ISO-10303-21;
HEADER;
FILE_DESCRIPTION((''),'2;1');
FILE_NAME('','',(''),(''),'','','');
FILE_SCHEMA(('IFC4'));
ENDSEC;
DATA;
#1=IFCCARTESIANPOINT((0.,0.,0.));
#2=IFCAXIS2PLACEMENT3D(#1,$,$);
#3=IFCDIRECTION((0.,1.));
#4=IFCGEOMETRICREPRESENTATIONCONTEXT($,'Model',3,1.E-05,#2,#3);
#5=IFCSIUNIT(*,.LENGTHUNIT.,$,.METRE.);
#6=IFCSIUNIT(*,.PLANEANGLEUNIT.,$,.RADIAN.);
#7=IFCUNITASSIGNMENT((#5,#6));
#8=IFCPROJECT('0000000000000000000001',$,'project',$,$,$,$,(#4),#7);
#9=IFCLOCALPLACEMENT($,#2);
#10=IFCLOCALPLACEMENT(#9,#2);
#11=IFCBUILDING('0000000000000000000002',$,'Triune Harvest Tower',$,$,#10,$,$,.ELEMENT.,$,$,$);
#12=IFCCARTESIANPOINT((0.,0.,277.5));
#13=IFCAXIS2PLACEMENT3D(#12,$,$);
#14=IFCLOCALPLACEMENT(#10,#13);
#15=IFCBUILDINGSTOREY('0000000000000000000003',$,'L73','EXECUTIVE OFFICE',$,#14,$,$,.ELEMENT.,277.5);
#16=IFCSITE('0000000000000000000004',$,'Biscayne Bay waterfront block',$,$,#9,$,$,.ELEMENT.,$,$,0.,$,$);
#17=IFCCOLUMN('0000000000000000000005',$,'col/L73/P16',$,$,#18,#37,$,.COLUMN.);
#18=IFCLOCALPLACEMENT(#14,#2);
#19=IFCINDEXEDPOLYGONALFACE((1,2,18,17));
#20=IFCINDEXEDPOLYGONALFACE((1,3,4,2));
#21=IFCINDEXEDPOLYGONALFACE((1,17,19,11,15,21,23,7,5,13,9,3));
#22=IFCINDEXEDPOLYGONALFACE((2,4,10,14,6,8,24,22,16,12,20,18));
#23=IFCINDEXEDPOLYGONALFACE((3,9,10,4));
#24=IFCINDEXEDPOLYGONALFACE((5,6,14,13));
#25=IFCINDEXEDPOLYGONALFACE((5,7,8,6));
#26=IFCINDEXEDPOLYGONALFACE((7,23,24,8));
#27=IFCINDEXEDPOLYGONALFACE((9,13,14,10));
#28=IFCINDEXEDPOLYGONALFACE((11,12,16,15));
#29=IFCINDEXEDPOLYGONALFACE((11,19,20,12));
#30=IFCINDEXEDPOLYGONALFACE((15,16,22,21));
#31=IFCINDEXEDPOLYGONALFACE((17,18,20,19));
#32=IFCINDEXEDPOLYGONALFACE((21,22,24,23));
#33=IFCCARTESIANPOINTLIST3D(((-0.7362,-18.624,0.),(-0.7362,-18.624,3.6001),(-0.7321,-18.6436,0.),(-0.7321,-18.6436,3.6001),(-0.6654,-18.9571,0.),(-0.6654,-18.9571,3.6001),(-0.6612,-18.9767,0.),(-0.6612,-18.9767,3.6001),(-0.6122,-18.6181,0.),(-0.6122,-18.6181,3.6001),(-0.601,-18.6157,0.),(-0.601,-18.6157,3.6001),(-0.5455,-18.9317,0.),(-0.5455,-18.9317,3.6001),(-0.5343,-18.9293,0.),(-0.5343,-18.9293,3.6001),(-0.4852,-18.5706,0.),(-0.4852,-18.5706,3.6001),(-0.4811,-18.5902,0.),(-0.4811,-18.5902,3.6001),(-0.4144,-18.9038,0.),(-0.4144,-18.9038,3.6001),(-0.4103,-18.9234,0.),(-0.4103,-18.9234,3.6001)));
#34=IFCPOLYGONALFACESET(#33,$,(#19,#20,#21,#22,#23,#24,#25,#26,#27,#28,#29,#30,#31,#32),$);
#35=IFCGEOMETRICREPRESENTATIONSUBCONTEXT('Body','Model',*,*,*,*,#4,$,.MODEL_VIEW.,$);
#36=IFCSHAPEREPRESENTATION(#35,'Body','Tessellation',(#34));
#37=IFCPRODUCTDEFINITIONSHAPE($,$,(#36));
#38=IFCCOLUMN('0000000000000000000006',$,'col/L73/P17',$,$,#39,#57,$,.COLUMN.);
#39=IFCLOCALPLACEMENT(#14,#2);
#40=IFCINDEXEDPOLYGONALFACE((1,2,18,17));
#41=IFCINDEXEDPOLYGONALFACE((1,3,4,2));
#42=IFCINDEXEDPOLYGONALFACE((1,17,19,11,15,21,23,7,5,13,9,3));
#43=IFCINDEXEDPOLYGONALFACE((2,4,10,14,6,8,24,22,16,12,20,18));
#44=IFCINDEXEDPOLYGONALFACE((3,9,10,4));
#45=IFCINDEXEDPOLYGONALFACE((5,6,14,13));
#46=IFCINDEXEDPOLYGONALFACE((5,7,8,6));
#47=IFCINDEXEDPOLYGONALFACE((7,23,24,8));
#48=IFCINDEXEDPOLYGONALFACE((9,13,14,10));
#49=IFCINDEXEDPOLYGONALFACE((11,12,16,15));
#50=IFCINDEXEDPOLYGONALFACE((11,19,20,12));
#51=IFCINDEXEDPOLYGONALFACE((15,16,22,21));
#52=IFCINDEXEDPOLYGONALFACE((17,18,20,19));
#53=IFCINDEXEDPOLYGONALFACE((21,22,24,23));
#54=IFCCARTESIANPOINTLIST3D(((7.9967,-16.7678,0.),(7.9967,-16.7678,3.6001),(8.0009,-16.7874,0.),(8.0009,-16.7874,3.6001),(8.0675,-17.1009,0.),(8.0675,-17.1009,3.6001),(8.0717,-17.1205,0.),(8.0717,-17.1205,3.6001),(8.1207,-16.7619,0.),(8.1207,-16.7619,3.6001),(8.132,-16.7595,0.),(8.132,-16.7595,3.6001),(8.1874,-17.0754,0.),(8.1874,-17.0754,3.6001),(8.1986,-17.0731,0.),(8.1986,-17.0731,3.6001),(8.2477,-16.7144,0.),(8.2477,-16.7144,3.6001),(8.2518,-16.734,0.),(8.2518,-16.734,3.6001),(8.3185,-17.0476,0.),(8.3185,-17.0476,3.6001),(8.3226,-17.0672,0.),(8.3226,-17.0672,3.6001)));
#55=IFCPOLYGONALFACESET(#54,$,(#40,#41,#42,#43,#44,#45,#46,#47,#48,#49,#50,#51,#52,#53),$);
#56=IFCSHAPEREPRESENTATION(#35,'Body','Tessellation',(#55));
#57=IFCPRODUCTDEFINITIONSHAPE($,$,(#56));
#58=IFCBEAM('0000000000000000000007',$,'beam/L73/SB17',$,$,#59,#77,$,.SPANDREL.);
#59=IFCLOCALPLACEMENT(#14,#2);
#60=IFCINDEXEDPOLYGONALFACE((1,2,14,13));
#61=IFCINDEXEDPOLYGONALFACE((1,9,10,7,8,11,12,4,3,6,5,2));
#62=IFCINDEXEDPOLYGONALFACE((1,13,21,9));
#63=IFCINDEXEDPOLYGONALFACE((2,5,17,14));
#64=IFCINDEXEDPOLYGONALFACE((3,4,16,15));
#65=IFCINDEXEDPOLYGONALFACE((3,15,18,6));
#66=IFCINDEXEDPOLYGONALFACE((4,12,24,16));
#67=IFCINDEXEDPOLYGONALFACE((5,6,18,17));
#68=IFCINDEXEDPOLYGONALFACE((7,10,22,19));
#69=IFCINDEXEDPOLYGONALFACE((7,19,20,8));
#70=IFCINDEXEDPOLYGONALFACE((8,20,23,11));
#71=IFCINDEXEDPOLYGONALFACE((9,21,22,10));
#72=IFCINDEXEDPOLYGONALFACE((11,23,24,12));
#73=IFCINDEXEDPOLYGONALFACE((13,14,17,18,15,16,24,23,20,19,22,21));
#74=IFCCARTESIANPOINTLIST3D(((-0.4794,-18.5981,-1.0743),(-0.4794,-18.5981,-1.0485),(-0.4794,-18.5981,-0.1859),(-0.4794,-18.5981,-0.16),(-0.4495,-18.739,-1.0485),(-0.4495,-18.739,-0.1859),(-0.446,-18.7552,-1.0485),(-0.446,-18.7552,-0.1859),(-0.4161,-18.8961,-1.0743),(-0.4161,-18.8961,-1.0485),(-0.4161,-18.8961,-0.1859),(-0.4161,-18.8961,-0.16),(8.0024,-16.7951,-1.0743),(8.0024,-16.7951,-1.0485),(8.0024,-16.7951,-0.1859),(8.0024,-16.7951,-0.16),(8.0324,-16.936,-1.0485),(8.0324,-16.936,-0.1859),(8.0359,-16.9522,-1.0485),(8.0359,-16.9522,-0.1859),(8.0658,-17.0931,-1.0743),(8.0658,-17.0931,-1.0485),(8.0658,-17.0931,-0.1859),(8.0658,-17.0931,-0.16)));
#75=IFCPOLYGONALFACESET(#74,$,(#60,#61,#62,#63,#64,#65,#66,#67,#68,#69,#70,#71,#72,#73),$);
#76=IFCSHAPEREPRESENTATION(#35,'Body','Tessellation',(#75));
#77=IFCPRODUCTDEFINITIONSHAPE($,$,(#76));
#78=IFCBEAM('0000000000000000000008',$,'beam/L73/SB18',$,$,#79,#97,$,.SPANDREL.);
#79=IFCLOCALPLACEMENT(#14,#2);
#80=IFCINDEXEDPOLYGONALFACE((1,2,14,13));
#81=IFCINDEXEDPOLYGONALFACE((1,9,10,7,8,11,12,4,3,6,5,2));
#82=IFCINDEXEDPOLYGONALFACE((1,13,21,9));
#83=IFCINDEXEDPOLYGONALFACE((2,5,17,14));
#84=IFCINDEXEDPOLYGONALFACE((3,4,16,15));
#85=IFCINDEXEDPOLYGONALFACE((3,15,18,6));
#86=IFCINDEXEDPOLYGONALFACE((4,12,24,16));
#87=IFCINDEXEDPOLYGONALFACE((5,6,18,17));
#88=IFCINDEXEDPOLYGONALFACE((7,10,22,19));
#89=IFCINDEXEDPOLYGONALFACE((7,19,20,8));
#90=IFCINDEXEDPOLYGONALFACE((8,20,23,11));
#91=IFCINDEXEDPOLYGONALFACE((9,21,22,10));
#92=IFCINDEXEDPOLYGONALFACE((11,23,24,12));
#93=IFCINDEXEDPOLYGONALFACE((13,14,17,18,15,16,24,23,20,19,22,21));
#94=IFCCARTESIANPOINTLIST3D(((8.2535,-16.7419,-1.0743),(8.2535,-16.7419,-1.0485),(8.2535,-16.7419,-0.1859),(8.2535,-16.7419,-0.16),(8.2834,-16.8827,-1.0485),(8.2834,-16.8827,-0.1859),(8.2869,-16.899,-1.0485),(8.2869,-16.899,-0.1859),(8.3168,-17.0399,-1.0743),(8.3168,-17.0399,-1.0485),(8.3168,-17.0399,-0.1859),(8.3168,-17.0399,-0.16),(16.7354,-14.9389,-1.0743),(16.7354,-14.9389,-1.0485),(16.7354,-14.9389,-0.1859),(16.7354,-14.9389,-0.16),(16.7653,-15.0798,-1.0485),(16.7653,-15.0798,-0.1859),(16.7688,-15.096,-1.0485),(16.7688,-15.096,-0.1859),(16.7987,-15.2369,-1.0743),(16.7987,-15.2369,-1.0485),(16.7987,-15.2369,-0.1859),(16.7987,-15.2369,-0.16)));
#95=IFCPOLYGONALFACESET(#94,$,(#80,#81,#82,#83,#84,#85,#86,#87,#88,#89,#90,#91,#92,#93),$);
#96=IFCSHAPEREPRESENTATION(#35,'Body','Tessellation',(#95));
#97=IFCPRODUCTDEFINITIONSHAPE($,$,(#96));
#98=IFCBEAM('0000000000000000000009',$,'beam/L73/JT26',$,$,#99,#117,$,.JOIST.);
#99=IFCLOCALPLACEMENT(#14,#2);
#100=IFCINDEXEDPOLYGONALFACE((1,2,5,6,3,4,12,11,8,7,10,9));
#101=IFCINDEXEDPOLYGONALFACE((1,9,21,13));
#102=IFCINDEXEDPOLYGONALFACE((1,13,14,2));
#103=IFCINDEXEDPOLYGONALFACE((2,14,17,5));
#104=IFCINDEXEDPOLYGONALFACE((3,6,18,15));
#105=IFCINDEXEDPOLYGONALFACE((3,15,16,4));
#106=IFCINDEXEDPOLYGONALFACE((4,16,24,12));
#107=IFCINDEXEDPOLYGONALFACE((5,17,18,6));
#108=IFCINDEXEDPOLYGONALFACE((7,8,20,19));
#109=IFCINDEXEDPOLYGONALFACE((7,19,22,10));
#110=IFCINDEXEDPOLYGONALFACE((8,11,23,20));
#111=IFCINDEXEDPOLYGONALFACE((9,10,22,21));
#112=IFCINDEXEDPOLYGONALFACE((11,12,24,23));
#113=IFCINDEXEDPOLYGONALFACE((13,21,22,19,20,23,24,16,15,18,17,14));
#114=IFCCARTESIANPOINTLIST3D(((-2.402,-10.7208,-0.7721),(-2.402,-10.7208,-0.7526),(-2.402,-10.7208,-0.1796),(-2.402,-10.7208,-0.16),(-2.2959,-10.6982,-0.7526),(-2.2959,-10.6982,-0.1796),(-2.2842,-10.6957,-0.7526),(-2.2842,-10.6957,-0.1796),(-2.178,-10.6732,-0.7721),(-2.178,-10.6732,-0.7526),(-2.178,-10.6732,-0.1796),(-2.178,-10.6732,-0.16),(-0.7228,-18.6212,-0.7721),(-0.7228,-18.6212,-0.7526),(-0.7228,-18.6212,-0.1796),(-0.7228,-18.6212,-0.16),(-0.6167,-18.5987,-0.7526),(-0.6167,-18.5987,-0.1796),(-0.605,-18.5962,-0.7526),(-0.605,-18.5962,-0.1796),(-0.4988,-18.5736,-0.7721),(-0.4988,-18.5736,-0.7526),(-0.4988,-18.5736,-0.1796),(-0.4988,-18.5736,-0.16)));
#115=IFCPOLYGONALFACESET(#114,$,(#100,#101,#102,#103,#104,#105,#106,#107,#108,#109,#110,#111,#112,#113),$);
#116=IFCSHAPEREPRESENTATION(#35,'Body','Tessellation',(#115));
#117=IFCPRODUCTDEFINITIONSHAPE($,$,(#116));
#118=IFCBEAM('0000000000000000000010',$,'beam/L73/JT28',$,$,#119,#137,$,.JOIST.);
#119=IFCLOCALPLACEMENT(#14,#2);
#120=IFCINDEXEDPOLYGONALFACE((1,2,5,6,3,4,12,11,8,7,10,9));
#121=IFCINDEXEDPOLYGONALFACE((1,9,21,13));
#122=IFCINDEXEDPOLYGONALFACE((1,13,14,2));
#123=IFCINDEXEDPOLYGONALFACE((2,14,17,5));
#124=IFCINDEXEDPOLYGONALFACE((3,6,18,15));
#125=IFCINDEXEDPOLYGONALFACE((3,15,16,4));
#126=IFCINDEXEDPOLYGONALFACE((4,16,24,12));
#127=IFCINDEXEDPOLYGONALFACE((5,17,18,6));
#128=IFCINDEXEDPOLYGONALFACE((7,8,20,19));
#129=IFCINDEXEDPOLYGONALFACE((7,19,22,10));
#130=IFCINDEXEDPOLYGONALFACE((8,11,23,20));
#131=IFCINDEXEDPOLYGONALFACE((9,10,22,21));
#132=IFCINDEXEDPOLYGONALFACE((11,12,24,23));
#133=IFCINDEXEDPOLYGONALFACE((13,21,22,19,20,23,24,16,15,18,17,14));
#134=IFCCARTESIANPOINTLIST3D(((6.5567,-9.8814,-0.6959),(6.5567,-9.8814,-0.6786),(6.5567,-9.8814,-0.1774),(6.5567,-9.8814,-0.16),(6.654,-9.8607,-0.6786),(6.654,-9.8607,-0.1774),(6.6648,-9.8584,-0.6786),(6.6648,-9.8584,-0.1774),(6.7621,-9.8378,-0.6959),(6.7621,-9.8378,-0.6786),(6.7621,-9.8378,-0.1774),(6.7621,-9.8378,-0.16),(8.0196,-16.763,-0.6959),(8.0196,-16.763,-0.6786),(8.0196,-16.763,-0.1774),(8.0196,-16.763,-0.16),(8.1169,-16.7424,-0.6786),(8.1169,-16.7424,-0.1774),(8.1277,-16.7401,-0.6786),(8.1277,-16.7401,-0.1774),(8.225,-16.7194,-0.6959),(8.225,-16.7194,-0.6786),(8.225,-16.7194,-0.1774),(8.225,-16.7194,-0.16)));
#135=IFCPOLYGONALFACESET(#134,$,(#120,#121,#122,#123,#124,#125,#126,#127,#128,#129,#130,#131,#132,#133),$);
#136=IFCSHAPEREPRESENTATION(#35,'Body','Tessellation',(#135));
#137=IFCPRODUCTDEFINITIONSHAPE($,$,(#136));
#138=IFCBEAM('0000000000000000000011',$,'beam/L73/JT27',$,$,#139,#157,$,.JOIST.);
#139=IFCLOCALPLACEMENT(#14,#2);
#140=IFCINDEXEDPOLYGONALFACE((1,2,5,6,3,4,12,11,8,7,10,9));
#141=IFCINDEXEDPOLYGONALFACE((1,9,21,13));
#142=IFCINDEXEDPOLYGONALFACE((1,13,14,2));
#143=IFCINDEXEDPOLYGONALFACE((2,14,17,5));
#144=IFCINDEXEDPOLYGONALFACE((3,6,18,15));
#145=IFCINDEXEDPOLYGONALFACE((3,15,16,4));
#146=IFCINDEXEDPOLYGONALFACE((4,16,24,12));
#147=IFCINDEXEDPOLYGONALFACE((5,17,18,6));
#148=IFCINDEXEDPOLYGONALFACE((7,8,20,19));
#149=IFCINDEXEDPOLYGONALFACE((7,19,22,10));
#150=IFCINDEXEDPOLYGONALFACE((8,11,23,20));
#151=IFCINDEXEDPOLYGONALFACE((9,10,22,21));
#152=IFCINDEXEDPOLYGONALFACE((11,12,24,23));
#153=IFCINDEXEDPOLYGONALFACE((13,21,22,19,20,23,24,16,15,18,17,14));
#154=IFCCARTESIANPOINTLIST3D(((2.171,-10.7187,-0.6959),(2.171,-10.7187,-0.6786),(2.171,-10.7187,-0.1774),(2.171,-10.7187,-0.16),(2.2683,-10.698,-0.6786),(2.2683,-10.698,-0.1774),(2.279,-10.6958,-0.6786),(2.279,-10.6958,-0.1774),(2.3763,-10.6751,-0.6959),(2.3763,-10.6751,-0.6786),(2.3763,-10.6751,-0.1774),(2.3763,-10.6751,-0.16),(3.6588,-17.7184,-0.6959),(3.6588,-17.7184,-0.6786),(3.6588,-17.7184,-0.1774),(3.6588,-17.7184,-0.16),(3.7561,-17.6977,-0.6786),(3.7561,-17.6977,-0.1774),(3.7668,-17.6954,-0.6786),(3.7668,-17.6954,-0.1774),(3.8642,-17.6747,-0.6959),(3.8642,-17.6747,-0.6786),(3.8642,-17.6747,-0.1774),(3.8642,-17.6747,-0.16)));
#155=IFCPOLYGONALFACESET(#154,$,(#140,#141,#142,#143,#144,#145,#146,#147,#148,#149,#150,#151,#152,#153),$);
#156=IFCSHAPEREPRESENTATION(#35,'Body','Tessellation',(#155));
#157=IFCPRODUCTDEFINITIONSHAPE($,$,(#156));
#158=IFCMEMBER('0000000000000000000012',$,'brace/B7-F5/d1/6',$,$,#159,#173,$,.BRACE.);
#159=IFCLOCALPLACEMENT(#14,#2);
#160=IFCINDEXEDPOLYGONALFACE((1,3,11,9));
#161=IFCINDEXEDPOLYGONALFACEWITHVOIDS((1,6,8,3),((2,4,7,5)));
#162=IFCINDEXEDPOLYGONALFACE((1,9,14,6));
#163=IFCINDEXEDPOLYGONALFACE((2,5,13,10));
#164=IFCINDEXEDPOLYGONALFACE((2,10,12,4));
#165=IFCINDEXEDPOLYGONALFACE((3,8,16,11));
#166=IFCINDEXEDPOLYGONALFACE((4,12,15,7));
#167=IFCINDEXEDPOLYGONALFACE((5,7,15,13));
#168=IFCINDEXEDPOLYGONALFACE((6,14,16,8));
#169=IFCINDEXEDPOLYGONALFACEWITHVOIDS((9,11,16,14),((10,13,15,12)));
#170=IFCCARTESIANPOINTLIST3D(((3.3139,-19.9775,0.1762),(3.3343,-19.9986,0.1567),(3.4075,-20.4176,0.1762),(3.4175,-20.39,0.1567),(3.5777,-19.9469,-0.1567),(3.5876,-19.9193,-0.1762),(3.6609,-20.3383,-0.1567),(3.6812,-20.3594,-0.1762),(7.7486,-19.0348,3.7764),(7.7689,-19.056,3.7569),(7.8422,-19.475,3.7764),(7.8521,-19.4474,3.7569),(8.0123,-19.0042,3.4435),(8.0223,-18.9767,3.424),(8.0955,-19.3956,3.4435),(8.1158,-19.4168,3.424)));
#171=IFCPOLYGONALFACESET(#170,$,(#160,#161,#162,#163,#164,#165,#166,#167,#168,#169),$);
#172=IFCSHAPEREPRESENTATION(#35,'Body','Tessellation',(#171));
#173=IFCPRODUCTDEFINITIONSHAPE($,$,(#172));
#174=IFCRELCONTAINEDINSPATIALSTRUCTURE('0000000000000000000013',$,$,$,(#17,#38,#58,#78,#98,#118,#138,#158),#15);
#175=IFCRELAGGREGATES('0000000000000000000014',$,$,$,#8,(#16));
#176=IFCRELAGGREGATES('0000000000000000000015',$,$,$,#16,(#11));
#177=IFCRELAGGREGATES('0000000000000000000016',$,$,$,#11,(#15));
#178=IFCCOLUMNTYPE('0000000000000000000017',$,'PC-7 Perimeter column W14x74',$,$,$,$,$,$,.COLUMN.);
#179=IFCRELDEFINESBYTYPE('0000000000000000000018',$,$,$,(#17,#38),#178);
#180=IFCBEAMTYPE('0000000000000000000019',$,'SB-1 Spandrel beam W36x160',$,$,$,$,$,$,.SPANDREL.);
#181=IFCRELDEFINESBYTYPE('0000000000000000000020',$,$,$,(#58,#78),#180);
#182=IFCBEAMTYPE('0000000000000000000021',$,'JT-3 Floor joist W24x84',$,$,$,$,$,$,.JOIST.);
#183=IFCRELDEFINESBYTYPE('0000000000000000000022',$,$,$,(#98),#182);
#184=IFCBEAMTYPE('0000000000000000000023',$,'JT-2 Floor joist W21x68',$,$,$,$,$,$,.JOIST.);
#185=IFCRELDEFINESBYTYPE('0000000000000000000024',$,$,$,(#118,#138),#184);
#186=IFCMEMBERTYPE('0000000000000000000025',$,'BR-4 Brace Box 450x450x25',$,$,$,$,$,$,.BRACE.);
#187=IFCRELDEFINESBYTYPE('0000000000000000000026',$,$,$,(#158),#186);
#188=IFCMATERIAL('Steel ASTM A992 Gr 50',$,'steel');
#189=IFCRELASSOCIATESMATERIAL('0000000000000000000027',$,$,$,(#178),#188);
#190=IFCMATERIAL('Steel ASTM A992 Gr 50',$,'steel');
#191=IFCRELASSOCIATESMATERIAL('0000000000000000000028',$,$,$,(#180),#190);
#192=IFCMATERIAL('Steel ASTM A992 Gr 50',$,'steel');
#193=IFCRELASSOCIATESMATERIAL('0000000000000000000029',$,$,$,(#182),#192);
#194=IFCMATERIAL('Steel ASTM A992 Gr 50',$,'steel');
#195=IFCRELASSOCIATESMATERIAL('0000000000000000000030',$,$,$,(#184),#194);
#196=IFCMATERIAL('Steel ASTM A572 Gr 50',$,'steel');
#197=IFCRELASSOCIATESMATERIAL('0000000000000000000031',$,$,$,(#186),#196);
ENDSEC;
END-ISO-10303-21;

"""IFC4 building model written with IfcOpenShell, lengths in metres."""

from ifc_helpers import new_model, si_unit, direction, frame, origin, origin_2d, place, context, subcontext, project, spatial, hollow_rectangle, i_section, extrude, source, transform, mapped, material, material_profile, profile_set, type_object, element, save


model = new_model("IFC4")

# Units and contexts
model_context = context("Model", 3, precision=1e-05, world=origin(), true_north=direction((0.0, 1.0)))
body_context = subcontext(model_context, "Body", "Model", "MODEL_VIEW")
ifc_project = project(units=[si_unit("LENGTHUNIT", "METRE"), si_unit("PLANEANGLEUNIT", "RADIAN")], contexts=[model_context])

# Site, building, storey
site_placement = place(None, origin())
site = spatial("IfcSite", under=ifc_project, at=site_placement, Name="Biscayne Bay waterfront block", CompositionType="ELEMENT", RefElevation=0.0)
building_placement = place(site_placement, origin())
building = spatial("IfcBuilding", under=site, at=building_placement, Name="Triune Harvest Tower", CompositionType="ELEMENT")
storey_placement = place(building_placement, frame((0.0, 0.0, 277.5)))
storey = spatial("IfcBuildingStorey", under=building, at=storey_placement, Name="L73", Description="EXECUTIVE OFFICE", CompositionType="ELEMENT", Elevation=277.5)

# Columns
ifc_material_1 = material(Name="Steel ASTM A992 Gr 50", Category="steel")
ifc_material_profile_1 = material_profile(ifc_material_1, i_section(OverallWidth=0.2566, OverallDepth=0.3606, WebThickness=0.0115, FlangeThickness=0.02, at=origin_2d()), Name="W14x74")
ifc_profile_set_1 = profile_set([ifc_material_profile_1], Name="Steel ASTM A992 Gr 50")
column_type = type_object("IfcColumnType", Name="PC-7 Perimeter column W14x74", PredefinedType="COLUMN", material=ifc_profile_set_1)
shared_shape_1 = source(origin(), body_context, "Body", "SweptSolid", [
    extrude(i_section(OverallWidth=0.2566, OverallDepth=0.3606, WebThickness=0.0115, FlangeThickness=0.02, at=origin_2d()), origin(), (0.0, 0.0, 1.0), 3.6001),
])
for number, where, z_axis, x_axis, name in (
    (1, (-0.5732, -18.7737, 0.0), (0.0, 0.0, 1.0), (0.978147, 0.207913, 0.0), "col/L73/P16"),
    (2, (8.1597, -16.9175, 0.0), (0.0, 0.0, 1.0), (0.978147, 0.207913, 0.0), "col/L73/P17"),
):
    element("IfcColumn", number, at=place(storey_placement, frame(where, z_axis=z_axis, x_axis=x_axis)), inside=storey, type_object=column_type, Name=name, PredefinedType="COLUMN", context=body_context, shape_type="MappedRepresentation", body=[
        mapped(shared_shape_1, transform((0.0, 0.0, 0.0), scale=1.0)),
    ])

# Beams
ifc_material_2 = material(Name="Steel ASTM A992 Gr 50", Category="steel")
ifc_material_profile_2 = material_profile(ifc_material_2, i_section(OverallWidth=0.3047, OverallDepth=0.9143, WebThickness=0.0166, FlangeThickness=0.0259, at=origin_2d()), Name="W36x160")
ifc_profile_set_2 = profile_set([ifc_material_profile_2], Name="Steel ASTM A992 Gr 50")
beam_type_1 = type_object("IfcBeamType", Name="SB-1 Spandrel beam W36x160", PredefinedType="SPANDREL", material=ifc_profile_set_2)
shared_shape_2 = source(origin(), body_context, "Body", "SweptSolid", [
    extrude(i_section(OverallWidth=0.3047, OverallDepth=0.9143, WebThickness=0.0166, FlangeThickness=0.0259, at=origin_2d()), origin(), (0.0, 0.0, 1.0), 8.6714),
])
for number, where, z_axis, x_axis, name in (
    (3, (-0.4478, -18.7471, -0.6172), (0.978146, 0.207921, 0.0), (-0.207921, 0.978146, 0.0), "beam/L73/SB17"),
    (4, (8.2852, -16.8909, -0.6172), (0.978146, 0.207921, 0.0), (-0.207921, 0.978146, 0.0), "beam/L73/SB18"),
):
    element("IfcBeam", number, at=place(storey_placement, frame(where, z_axis=z_axis, x_axis=x_axis)), inside=storey, type_object=beam_type_1, Name=name, PredefinedType="SPANDREL", context=body_context, shape_type="MappedRepresentation", body=[
        mapped(shared_shape_2, transform((0.0, 0.0, 0.0), scale=1.0)),
    ])
ifc_material_3 = material(Name="Steel ASTM A992 Gr 50", Category="steel")
ifc_material_profile_3 = material_profile(ifc_material_3, i_section(OverallWidth=0.229, OverallDepth=0.6121, WebThickness=0.012, FlangeThickness=0.0195, at=origin_2d()), Name="W24x84")
ifc_profile_set_3 = profile_set([ifc_material_profile_3], Name="Steel ASTM A992 Gr 50")
beam_type_2 = type_object("IfcBeamType", Name="JT-3 Floor joist W24x84", PredefinedType="JOIST", material=ifc_profile_set_3)
shared_shape_3 = source(origin(), body_context, "Body", "SweptSolid", [
    extrude(i_section(OverallWidth=0.229, OverallDepth=0.6121, WebThickness=0.012, FlangeThickness=0.0195, at=origin_2d()), origin(), (0.0, 0.0, 1.0), 8.0769),
])
beam_1_placement = place(storey_placement, frame((-0.6108, -18.5974, -0.4661), z_axis=(-0.207902, 0.97815, 0.0), x_axis=(-0.97815, -0.207902, 0.0)))
element("IfcBeam", 5, at=beam_1_placement, inside=storey, type_object=beam_type_2, Name="beam/L73/JT26", PredefinedType="JOIST", context=body_context, shape_type="MappedRepresentation", body=[
    mapped(shared_shape_3, transform((0.0, 0.0, 0.0), scale=1.0)),
])
ifc_material_4 = material(Name="Steel ASTM A992 Gr 50", Category="steel")
ifc_material_profile_4 = material_profile(ifc_material_4, i_section(OverallWidth=0.21, OverallDepth=0.5359, WebThickness=0.011, FlangeThickness=0.0173, at=origin_2d()), Name="W21x68")
ifc_profile_set_4 = profile_set([ifc_material_profile_4], Name="Steel ASTM A992 Gr 50")
beam_type_3 = type_object("IfcBeamType", Name="JT-2 Floor joist W21x68", PredefinedType="JOIST", material=ifc_profile_set_4)
shared_shape_4 = source(origin(), body_context, "Body", "SweptSolid", [
    extrude(i_section(OverallWidth=0.21, OverallDepth=0.5359, WebThickness=0.011, FlangeThickness=0.0173, at=origin_2d()), origin(), (0.0, 0.0, 1.0), 7.0354),
])
beam_2_placement = place(storey_placement, frame((8.1223, -16.7412, -0.428), z_axis=(-0.207934, 0.978143, 0.0), x_axis=(-0.978143, -0.207934, 0.0)))
element("IfcBeam", 6, at=beam_2_placement, inside=storey, type_object=beam_type_3, Name="beam/L73/JT28", PredefinedType="JOIST", context=body_context, shape_type="MappedRepresentation", body=[
    mapped(shared_shape_4, transform((0.0, 0.0, 0.0), scale=1.0)),
])
shared_shape_5 = source(origin(), body_context, "Body", "SweptSolid", [
    extrude(i_section(OverallWidth=0.21, OverallDepth=0.5359, WebThickness=0.011, FlangeThickness=0.0173, at=origin_2d()), origin(), (0.0, 0.0, 1.0), 7.156),
])
beam_3_placement = place(storey_placement, frame((3.7615, -17.6965, -0.428), z_axis=(-0.207912, 0.978148, 0.0), x_axis=(-0.978148, -0.207912, 0.0)))
element("IfcBeam", 7, at=beam_3_placement, inside=storey, type_object=beam_type_3, Name="beam/L73/JT27", PredefinedType="JOIST", context=body_context, shape_type="MappedRepresentation", body=[
    mapped(shared_shape_5, transform((0.0, 0.0, 0.0), scale=1.0)),
])

# Member
ifc_material_5 = material(Name="Steel ASTM A572 Gr 50", Category="steel")
ifc_material_profile_5 = material_profile(ifc_material_5, hollow_rectangle(XDim=0.45, YDim=0.45, WallThickness=0.0249, at=origin_2d()), Name="Box 450x450x25")
ifc_profile_set_5 = profile_set([ifc_material_profile_5], Name="Steel ASTM A572 Gr 50")
member_type_1 = type_object("IfcMemberType", Name="BR-4 Brace Box 450x450x25", PredefinedType="BRACE", material=ifc_profile_set_5)
shared_shape_6 = source(origin(), body_context, "Body", "SweptSolid", [
    extrude(hollow_rectangle(XDim=0.45, YDim=0.45, WallThickness=0.0249, at=origin_2d()), origin(), (0.0, 0.0, 1.0), 5.7893),
])
for number, where, z_axis, x_axis, name in (
    (8, (3.4976, -20.1685, 0.0), (0.766009, 0.162826, 0.621866), (-0.207918, 0.978146, 0.0), "brace/B7-F5/d1/6"),
):
    element("IfcMember", number, at=place(storey_placement, frame(where, z_axis=z_axis, x_axis=x_axis)), inside=storey, type_object=member_type_1, Name=name, PredefinedType="BRACE", context=body_context, shape_type="MappedRepresentation", body=[
        mapped(shared_shape_6, transform((0.0, 0.0, 0.0), scale=1.0)),
    ])

save(model, "model.ifc")
